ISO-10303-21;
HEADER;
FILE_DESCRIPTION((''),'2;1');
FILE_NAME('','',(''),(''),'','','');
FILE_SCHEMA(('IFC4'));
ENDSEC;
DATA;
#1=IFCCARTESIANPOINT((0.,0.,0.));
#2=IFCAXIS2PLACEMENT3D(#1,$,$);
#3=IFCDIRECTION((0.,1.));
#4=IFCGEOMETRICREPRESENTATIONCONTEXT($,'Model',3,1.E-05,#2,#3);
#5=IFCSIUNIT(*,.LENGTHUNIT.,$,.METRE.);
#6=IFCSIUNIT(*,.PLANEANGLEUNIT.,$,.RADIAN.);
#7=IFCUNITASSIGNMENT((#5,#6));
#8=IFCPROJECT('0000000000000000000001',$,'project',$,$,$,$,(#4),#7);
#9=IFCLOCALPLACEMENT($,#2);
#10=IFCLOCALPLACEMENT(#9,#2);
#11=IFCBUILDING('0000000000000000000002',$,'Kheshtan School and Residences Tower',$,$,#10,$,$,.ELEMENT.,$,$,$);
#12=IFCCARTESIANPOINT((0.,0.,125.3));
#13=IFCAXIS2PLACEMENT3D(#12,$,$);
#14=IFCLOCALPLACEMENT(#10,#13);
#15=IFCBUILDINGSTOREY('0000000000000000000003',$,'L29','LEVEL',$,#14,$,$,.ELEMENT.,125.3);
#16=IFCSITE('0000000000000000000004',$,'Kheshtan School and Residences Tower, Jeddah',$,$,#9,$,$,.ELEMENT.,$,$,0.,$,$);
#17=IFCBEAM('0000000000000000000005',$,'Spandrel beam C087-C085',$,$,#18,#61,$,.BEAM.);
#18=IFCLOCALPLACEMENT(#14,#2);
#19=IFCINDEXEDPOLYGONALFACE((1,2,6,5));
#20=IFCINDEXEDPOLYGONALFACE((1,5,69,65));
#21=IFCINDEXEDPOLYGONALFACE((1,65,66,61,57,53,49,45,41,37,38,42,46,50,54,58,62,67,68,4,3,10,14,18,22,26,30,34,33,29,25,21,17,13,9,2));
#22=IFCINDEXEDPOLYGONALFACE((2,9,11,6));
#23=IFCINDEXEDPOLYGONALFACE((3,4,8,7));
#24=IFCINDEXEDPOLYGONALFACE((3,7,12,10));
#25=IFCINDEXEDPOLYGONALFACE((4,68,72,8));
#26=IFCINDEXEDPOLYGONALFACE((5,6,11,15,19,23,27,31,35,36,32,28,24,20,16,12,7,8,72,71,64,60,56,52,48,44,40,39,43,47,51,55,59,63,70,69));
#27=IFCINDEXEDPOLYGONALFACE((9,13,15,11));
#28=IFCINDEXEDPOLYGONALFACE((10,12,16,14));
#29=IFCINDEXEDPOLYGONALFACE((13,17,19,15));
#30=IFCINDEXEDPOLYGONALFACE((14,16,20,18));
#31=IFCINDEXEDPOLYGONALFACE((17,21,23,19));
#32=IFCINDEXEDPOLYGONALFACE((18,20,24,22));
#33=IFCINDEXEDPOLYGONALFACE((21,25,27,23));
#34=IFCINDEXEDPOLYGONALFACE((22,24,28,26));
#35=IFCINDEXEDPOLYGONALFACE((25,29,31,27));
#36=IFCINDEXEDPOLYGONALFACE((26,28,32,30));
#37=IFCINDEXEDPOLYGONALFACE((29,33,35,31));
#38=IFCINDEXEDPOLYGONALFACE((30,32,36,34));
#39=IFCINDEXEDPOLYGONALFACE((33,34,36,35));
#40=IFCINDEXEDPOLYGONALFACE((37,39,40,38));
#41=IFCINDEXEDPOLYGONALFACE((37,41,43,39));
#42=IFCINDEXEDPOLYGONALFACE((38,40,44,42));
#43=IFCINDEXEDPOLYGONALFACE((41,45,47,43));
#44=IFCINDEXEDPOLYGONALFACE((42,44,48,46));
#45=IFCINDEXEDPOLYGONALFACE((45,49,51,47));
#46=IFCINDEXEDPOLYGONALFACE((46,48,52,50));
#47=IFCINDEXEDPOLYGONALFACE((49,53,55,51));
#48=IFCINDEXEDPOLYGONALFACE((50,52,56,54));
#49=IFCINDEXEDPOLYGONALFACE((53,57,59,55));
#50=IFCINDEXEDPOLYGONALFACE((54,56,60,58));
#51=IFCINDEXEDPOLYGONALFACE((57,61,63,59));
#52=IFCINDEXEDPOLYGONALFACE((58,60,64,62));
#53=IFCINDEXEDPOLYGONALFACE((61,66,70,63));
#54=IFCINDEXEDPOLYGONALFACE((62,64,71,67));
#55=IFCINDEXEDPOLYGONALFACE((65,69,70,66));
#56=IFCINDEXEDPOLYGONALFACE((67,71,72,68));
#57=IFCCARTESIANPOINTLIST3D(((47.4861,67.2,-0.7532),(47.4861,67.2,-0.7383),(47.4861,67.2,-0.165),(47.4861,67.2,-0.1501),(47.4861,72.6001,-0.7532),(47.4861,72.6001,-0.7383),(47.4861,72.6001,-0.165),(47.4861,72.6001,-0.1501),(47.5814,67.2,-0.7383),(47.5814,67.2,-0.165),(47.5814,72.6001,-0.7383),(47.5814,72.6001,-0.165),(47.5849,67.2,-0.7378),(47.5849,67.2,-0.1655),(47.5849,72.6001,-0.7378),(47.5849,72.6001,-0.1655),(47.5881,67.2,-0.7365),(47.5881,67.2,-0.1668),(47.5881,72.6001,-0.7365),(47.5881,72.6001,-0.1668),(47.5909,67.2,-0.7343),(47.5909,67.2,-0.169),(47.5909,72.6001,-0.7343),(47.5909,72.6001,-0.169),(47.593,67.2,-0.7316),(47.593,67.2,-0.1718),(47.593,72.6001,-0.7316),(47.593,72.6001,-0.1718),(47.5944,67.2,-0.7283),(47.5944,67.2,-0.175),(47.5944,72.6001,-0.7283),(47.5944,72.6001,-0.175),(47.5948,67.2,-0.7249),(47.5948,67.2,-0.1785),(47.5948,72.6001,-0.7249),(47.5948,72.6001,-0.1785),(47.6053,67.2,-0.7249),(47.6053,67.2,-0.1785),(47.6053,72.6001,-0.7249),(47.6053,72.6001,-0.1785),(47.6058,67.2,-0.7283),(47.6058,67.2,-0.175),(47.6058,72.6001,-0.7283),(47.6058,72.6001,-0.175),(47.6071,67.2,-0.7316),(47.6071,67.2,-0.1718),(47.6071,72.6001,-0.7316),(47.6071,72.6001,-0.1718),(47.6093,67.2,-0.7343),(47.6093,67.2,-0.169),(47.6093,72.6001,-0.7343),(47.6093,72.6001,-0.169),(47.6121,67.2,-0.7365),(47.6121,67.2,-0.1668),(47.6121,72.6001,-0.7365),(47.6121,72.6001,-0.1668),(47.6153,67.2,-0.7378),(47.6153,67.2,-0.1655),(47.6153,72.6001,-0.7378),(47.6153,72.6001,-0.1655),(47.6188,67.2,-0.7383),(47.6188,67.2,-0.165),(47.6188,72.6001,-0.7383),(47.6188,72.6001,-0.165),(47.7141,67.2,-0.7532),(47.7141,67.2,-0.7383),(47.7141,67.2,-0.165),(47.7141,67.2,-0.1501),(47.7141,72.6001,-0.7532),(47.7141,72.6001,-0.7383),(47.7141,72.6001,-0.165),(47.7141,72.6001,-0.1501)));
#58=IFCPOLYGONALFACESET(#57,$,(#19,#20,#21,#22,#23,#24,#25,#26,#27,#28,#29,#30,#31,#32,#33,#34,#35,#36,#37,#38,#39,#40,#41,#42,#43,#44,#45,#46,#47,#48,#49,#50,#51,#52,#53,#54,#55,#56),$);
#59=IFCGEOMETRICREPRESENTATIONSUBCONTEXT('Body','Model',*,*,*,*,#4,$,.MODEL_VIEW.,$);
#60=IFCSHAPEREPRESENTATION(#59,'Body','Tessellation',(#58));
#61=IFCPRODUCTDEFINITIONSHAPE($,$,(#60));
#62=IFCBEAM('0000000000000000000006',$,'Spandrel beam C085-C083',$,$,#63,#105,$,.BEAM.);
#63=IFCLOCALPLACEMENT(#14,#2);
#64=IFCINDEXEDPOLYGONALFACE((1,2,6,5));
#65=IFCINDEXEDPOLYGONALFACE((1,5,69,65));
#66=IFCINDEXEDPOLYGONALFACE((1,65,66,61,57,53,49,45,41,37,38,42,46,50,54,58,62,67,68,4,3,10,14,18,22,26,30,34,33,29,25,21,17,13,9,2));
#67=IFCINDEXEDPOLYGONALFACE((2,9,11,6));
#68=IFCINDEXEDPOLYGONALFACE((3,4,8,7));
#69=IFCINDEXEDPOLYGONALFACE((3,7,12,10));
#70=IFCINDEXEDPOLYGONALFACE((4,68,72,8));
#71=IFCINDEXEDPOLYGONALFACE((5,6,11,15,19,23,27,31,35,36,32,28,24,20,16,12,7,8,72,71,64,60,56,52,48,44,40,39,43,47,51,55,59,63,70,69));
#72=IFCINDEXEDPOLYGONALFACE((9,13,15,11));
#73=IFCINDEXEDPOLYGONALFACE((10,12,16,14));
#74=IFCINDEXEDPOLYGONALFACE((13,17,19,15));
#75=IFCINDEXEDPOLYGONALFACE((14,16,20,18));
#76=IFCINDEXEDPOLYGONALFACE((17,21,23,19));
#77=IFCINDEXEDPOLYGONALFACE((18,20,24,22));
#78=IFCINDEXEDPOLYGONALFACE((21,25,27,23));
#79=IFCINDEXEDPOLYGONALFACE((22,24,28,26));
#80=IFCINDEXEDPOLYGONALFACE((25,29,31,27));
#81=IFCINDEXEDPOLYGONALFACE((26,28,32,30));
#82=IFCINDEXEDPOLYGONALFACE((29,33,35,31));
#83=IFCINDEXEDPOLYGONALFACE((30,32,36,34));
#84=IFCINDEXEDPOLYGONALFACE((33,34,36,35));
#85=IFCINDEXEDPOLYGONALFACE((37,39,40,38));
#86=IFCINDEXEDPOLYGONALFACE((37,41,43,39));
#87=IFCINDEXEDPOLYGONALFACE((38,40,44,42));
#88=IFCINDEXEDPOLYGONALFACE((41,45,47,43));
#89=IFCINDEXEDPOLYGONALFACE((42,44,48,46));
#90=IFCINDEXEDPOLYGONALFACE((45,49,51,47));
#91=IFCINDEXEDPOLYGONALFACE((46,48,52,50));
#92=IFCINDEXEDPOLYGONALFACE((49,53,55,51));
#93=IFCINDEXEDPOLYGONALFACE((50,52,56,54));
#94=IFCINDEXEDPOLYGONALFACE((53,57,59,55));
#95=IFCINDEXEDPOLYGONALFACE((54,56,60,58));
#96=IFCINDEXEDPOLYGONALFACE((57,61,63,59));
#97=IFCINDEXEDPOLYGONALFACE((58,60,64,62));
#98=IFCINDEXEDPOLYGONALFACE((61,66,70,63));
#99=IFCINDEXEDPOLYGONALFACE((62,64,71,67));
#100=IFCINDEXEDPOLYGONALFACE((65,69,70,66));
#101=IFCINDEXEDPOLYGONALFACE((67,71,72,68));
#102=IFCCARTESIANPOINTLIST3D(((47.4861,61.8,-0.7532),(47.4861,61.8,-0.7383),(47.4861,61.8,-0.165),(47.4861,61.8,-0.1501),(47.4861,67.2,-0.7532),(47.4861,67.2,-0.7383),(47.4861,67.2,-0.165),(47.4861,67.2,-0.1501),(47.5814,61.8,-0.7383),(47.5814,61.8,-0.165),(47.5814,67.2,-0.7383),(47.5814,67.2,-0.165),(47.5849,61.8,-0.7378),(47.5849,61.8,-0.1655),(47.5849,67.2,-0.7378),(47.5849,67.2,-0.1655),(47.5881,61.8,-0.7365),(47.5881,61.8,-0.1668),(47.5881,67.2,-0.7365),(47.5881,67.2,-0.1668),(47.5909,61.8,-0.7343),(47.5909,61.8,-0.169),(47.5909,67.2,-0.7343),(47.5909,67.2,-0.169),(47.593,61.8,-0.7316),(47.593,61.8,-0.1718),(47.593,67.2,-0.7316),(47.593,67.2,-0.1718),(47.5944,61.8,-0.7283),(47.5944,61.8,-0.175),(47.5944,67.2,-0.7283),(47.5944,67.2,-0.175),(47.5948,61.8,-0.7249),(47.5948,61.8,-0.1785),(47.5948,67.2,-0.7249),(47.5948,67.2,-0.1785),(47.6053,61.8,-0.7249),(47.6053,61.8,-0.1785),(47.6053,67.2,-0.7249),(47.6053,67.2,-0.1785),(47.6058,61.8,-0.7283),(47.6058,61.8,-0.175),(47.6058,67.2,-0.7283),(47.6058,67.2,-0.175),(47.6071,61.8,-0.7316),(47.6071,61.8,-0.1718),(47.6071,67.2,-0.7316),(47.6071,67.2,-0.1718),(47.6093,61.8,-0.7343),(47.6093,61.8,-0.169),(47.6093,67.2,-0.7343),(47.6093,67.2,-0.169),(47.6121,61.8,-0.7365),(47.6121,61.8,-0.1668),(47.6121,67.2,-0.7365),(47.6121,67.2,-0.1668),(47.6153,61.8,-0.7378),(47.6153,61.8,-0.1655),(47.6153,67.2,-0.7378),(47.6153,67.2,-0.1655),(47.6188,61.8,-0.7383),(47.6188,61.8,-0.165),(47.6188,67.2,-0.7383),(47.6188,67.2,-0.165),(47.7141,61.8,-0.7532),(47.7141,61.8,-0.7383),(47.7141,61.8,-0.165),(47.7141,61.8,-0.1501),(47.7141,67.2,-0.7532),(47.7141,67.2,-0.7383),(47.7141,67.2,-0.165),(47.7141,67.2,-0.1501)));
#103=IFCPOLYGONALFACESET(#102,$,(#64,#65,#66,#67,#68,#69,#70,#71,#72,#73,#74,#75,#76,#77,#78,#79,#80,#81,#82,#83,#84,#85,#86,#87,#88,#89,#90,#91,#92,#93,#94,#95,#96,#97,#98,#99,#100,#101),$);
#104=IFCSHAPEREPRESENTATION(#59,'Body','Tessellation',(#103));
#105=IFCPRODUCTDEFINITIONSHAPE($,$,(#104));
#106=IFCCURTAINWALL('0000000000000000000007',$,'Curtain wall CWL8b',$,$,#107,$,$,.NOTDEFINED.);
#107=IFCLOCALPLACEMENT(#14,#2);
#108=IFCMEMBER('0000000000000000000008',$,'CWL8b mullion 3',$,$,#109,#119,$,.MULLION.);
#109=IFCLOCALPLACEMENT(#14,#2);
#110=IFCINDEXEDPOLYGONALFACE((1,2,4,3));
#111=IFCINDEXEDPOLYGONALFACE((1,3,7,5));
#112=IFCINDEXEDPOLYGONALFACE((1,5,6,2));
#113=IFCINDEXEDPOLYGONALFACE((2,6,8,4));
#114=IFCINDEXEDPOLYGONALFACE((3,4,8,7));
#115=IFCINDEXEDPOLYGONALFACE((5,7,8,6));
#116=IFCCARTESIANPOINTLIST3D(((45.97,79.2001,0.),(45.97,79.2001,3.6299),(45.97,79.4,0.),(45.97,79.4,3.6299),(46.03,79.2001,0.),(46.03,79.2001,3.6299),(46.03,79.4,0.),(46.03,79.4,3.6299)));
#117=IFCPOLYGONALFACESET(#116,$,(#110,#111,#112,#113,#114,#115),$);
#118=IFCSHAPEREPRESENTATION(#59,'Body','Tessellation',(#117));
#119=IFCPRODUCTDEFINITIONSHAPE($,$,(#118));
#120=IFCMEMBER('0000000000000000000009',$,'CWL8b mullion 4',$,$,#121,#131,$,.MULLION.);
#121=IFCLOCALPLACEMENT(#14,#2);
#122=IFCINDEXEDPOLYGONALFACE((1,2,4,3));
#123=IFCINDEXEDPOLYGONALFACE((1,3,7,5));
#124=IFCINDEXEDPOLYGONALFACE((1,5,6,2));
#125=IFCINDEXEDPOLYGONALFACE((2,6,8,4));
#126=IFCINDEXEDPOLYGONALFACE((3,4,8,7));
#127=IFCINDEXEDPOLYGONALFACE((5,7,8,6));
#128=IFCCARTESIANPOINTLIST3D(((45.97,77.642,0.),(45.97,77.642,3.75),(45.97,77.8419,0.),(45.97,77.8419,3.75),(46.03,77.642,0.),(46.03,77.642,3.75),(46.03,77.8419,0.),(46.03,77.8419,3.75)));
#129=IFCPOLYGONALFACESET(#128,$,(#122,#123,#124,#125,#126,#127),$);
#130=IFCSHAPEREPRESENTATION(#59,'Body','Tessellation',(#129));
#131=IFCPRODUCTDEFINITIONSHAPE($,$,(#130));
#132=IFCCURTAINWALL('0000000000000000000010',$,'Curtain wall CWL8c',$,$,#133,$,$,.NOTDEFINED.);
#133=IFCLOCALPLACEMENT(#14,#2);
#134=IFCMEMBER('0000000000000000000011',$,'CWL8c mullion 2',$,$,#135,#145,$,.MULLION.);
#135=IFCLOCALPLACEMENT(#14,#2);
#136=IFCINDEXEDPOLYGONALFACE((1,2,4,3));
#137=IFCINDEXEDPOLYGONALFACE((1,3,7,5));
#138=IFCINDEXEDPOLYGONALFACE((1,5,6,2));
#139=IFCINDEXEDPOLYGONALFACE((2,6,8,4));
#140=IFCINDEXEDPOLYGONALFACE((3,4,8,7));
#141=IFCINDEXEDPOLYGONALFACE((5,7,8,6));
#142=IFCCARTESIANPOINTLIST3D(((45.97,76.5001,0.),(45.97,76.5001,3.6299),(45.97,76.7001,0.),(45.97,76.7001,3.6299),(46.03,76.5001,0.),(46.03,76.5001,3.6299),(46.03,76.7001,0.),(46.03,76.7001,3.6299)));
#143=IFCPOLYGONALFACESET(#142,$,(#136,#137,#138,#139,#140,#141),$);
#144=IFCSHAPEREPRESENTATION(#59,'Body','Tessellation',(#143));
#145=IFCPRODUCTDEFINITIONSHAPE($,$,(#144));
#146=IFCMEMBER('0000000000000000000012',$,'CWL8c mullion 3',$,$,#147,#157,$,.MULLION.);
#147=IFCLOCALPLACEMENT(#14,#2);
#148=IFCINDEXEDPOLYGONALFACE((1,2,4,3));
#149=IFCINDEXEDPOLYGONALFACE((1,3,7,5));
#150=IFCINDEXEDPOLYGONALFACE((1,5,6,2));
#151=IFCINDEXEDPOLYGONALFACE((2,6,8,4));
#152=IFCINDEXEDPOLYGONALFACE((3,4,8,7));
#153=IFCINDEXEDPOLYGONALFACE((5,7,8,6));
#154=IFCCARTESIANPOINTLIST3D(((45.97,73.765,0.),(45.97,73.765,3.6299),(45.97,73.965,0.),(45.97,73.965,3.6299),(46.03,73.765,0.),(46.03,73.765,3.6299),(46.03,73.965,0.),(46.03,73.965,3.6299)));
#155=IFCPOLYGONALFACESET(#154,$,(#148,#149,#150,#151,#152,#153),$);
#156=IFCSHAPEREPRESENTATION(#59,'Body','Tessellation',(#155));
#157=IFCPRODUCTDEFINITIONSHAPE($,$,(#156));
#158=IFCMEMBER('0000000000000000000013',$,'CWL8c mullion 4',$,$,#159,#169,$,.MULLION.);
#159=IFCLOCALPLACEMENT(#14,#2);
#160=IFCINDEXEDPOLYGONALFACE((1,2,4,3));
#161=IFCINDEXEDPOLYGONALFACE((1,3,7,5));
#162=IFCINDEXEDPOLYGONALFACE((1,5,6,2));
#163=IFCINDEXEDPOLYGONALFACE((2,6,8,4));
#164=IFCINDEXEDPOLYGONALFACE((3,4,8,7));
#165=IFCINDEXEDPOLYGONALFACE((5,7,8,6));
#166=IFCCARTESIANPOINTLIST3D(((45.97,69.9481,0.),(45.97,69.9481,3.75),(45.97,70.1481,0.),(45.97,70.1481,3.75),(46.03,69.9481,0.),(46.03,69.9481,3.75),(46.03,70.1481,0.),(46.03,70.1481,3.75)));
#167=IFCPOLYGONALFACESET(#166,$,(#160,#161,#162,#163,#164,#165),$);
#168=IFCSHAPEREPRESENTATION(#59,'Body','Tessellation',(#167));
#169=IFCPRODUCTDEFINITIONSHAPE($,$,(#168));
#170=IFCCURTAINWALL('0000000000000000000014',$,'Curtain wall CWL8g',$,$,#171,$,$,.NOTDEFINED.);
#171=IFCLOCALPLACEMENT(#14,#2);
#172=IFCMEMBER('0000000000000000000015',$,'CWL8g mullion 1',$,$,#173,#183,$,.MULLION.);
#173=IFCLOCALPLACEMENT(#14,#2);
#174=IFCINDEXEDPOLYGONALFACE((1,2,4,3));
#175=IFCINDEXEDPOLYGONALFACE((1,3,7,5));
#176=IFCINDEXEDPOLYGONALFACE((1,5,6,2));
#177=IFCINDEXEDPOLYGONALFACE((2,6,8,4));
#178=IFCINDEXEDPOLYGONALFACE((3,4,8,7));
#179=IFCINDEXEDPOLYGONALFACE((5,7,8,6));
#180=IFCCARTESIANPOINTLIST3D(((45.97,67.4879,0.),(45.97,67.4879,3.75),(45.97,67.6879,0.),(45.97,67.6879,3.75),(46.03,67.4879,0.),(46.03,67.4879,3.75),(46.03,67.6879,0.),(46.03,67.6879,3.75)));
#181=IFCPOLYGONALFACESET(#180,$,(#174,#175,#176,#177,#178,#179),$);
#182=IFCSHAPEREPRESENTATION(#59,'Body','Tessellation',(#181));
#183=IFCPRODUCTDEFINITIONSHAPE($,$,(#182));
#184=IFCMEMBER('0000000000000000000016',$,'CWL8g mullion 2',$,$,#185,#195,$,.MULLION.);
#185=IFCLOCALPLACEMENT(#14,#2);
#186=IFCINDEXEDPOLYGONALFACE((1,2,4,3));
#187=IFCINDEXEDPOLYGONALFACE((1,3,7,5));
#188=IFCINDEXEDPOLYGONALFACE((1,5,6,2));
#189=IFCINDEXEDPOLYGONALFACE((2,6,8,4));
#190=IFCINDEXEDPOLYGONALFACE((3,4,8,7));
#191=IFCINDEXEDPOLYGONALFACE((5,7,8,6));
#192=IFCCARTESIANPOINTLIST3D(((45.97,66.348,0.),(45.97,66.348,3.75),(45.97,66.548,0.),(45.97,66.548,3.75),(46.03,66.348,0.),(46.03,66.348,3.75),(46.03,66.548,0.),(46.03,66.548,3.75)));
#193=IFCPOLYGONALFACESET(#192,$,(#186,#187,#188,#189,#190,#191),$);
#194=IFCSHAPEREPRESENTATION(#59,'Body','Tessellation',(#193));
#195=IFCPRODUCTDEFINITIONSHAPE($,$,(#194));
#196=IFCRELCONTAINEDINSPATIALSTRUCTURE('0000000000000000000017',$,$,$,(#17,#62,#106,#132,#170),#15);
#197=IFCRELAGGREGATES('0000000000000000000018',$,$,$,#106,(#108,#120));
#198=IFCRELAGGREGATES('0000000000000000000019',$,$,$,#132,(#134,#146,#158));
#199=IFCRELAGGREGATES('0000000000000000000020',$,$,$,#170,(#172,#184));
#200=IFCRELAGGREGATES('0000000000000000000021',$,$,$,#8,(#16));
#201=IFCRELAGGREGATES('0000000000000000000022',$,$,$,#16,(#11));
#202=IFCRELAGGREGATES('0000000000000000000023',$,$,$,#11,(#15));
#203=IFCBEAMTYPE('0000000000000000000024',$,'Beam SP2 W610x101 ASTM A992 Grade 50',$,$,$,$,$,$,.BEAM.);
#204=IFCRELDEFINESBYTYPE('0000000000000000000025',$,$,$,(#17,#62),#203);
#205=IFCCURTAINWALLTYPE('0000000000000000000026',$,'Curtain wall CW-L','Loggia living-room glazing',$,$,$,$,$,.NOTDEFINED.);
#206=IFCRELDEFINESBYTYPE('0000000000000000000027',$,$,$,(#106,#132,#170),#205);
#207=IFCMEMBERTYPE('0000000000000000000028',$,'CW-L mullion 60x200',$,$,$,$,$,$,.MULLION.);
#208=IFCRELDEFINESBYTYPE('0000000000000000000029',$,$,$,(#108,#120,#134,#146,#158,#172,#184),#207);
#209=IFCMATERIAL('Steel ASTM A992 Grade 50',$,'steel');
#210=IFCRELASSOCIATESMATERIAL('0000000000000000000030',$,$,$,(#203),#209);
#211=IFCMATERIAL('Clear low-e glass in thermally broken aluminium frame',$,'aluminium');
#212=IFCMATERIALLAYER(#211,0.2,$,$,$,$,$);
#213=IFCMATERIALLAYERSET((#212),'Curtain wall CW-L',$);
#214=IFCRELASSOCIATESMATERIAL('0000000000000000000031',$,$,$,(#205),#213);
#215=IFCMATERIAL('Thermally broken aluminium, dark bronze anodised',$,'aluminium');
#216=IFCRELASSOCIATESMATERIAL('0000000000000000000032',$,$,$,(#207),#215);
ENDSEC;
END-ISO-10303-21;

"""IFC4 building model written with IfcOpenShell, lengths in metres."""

from ifc_helpers import new_model, si_unit, direction, frame, origin, origin_2d, place, context, subcontext, project, spatial, rectangle, i_section, extrude, material, layer, layer_set, material_profile, profile_set, type_object, element, aggregate, save


model = new_model("IFC4")

# Units and contexts
model_context = context("Model", 3, precision=1e-05, world=origin(), true_north=direction((0.0, 1.0)))
body_context = subcontext(model_context, "Body", "Model", "MODEL_VIEW")
ifc_project = project(units=[si_unit("LENGTHUNIT", "METRE"), si_unit("PLANEANGLEUNIT", "RADIAN")], contexts=[model_context])

# Site, building, storey
site_placement = place(None, origin())
site = spatial("IfcSite", under=ifc_project, at=site_placement, Name="Kheshtan School and Residences Tower, Jeddah", CompositionType="ELEMENT", RefElevation=0.0)
building_placement = place(site_placement, origin())
building = spatial("IfcBuilding", under=site, at=building_placement, Name="Kheshtan School and Residences Tower", CompositionType="ELEMENT")
storey_placement = place(building_placement, frame((0.0, 0.0, 125.3)))
storey = spatial("IfcBuildingStorey", under=building, at=storey_placement, Name="L29", Description="LEVEL", CompositionType="ELEMENT", Elevation=125.3)

# Shared definitions
ifc_material_1 = material(Name="Steel ASTM A992 Grade 50", Category="steel")

# Beams
ifc_material_profile_1 = material_profile(ifc_material_1, i_section(OverallWidth=0.228, OverallDepth=0.603, WebThickness=0.0105, FlangeThickness=0.0149, FilletRadius=0.0134, at=origin_2d()), Name="W610x101")
ifc_profile_set_1 = profile_set([ifc_material_profile_1], Name="Steel ASTM A992 Grade 50")
beam_type = type_object("IfcBeamType", Name="Beam SP2 W610x101 ASTM A992 Grade 50", PredefinedType="BEAM", material=ifc_profile_set_1)
beam_1_placement = place(storey_placement, frame((47.6001, 72.6001, -0.4517), z_axis=(0.0, -1.0, 0.0), x_axis=(1.0, 0.0, 0.0)))
element("IfcBeam", 1, at=beam_1_placement, inside=storey, type_object=beam_type, Name="Spandrel beam C087-C085", PredefinedType="BEAM", context=body_context, shape_type="SweptSolid", body=[
    extrude(i_section(OverallWidth=0.228, OverallDepth=0.603, WebThickness=0.0105, FlangeThickness=0.0149, FilletRadius=0.0134, at=origin_2d()), origin(), (0.0, 0.0, 1.0), 5.4001),
])
beam_2_placement = place(storey_placement, frame((47.6001, 67.2, -0.4517), z_axis=(0.0, -1.0, 0.0), x_axis=(1.0, 0.0, 0.0)))
element("IfcBeam", 2, at=beam_2_placement, inside=storey, type_object=beam_type, Name="Spandrel beam C085-C083", PredefinedType="BEAM", context=body_context, shape_type="SweptSolid", body=[
    extrude(i_section(OverallWidth=0.228, OverallDepth=0.603, WebThickness=0.0105, FlangeThickness=0.0149, FilletRadius=0.0134, at=origin_2d()), origin(), (0.0, 0.0, 1.0), 5.3999),
])

# Curtain walls, members
ifc_material_2 = material(Name="Clear low-e glass in thermally broken aluminium frame", Category="aluminium")
ifc_layer_1 = layer(ifc_material_2, 0.2)
ifc_layer_set_1 = layer_set([ifc_layer_1], Name="Curtain wall CW-L")
curtain_wall_type = type_object("IfcCurtainWallType", Name="Curtain wall CW-L", Description="Loggia living-room glazing", PredefinedType="NOTDEFINED", material=ifc_layer_set_1)
curtain_wall_1_placement = place(storey_placement, origin())
curtain_wall_1 = element("IfcCurtainWall", 3, at=curtain_wall_1_placement, inside=storey, type_object=curtain_wall_type, Name="Curtain wall CWL8b", PredefinedType="NOTDEFINED")
ifc_material_3 = material(Name="Thermally broken aluminium, dark bronze anodised", Category="aluminium")
ifc_material_profile_2 = material_profile(ifc_material_3, rectangle(XDim=0.0601, YDim=0.2, at=origin_2d()), Name="CW-L mullion 60x200")
ifc_profile_set_2 = profile_set([ifc_material_profile_2], Name="Thermally broken aluminium, dark bronze anodised")
member_type_1 = type_object("IfcMemberType", Name="CW-L mullion 60x200", PredefinedType="MULLION", material=ifc_profile_set_2)
member_1_placement = place(storey_placement, frame((46.0, 79.3, 0.0), z_axis=(0.0, 0.0, 1.0), x_axis=(1.0, 0.0, 0.0)))
member_1 = element("IfcMember", 4, at=member_1_placement, type_object=member_type_1, Name="CWL8b mullion 3", PredefinedType="MULLION", context=body_context, shape_type="SweptSolid", body=[
    extrude(rectangle(XDim=0.0601, YDim=0.2, at=origin_2d()), origin(), (0.0, 0.0, 1.0), 3.6299),
])
member_2_placement = place(storey_placement, frame((46.0, 77.7419, 0.0), z_axis=(0.0, 0.0, 1.0), x_axis=(1.0, 0.0, 0.0)))
member_2 = element("IfcMember", 5, at=member_2_placement, type_object=member_type_1, Name="CWL8b mullion 4", PredefinedType="MULLION", context=body_context, shape_type="SweptSolid", body=[
    extrude(rectangle(XDim=0.0601, YDim=0.2, at=origin_2d()), origin(), (0.0, 0.0, 1.0), 3.75),
])
curtain_wall_2_placement = place(storey_placement, origin())
curtain_wall_2 = element("IfcCurtainWall", 6, at=curtain_wall_2_placement, inside=storey, type_object=curtain_wall_type, Name="Curtain wall CWL8c", PredefinedType="NOTDEFINED")
member_3_placement = place(storey_placement, frame((46.0, 76.6001, 0.0), z_axis=(0.0, 0.0, 1.0), x_axis=(1.0, 0.0, 0.0)))
member_3 = element("IfcMember", 7, at=member_3_placement, type_object=member_type_1, Name="CWL8c mullion 2", PredefinedType="MULLION", context=body_context, shape_type="SweptSolid", body=[
    extrude(rectangle(XDim=0.0601, YDim=0.2, at=origin_2d()), origin(), (0.0, 0.0, 1.0), 3.6299),
])
member_4_placement = place(storey_placement, frame((46.0, 73.865, 0.0), z_axis=(0.0, 0.0, 1.0), x_axis=(1.0, 0.0, 0.0)))
member_4 = element("IfcMember", 8, at=member_4_placement, type_object=member_type_1, Name="CWL8c mullion 3", PredefinedType="MULLION", context=body_context, shape_type="SweptSolid", body=[
    extrude(rectangle(XDim=0.0601, YDim=0.2, at=origin_2d()), origin(), (0.0, 0.0, 1.0), 3.6299),
])
member_5_placement = place(storey_placement, frame((46.0, 70.0481, 0.0), z_axis=(0.0, 0.0, 1.0), x_axis=(1.0, 0.0, 0.0)))
member_5 = element("IfcMember", 9, at=member_5_placement, type_object=member_type_1, Name="CWL8c mullion 4", PredefinedType="MULLION", context=body_context, shape_type="SweptSolid", body=[
    extrude(rectangle(XDim=0.0601, YDim=0.2, at=origin_2d()), origin(), (0.0, 0.0, 1.0), 3.75),
])
curtain_wall_3_placement = place(storey_placement, origin())
curtain_wall_3 = element("IfcCurtainWall", 10, at=curtain_wall_3_placement, inside=storey, type_object=curtain_wall_type, Name="Curtain wall CWL8g", PredefinedType="NOTDEFINED")
member_6_placement = place(storey_placement, frame((46.0, 67.5879, 0.0), z_axis=(0.0, 0.0, 1.0), x_axis=(1.0, 0.0, 0.0)))
member_6 = element("IfcMember", 11, at=member_6_placement, type_object=member_type_1, Name="CWL8g mullion 1", PredefinedType="MULLION", context=body_context, shape_type="SweptSolid", body=[
    extrude(rectangle(XDim=0.0601, YDim=0.2, at=origin_2d()), origin(), (0.0, 0.0, 1.0), 3.75),
])
member_7_placement = place(storey_placement, frame((46.0, 66.448, 0.0), z_axis=(0.0, 0.0, 1.0), x_axis=(1.0, 0.0, 0.0)))
member_7 = element("IfcMember", 12, at=member_7_placement, type_object=member_type_1, Name="CWL8g mullion 2", PredefinedType="MULLION", context=body_context, shape_type="SweptSolid", body=[
    extrude(rectangle(XDim=0.0601, YDim=0.2, at=origin_2d()), origin(), (0.0, 0.0, 1.0), 3.75),
])

aggregate(curtain_wall_1, [member_1, member_2])
aggregate(curtain_wall_2, [member_3, member_4, member_5])
aggregate(curtain_wall_3, [member_6, member_7])

save(model, "model.ifc")
